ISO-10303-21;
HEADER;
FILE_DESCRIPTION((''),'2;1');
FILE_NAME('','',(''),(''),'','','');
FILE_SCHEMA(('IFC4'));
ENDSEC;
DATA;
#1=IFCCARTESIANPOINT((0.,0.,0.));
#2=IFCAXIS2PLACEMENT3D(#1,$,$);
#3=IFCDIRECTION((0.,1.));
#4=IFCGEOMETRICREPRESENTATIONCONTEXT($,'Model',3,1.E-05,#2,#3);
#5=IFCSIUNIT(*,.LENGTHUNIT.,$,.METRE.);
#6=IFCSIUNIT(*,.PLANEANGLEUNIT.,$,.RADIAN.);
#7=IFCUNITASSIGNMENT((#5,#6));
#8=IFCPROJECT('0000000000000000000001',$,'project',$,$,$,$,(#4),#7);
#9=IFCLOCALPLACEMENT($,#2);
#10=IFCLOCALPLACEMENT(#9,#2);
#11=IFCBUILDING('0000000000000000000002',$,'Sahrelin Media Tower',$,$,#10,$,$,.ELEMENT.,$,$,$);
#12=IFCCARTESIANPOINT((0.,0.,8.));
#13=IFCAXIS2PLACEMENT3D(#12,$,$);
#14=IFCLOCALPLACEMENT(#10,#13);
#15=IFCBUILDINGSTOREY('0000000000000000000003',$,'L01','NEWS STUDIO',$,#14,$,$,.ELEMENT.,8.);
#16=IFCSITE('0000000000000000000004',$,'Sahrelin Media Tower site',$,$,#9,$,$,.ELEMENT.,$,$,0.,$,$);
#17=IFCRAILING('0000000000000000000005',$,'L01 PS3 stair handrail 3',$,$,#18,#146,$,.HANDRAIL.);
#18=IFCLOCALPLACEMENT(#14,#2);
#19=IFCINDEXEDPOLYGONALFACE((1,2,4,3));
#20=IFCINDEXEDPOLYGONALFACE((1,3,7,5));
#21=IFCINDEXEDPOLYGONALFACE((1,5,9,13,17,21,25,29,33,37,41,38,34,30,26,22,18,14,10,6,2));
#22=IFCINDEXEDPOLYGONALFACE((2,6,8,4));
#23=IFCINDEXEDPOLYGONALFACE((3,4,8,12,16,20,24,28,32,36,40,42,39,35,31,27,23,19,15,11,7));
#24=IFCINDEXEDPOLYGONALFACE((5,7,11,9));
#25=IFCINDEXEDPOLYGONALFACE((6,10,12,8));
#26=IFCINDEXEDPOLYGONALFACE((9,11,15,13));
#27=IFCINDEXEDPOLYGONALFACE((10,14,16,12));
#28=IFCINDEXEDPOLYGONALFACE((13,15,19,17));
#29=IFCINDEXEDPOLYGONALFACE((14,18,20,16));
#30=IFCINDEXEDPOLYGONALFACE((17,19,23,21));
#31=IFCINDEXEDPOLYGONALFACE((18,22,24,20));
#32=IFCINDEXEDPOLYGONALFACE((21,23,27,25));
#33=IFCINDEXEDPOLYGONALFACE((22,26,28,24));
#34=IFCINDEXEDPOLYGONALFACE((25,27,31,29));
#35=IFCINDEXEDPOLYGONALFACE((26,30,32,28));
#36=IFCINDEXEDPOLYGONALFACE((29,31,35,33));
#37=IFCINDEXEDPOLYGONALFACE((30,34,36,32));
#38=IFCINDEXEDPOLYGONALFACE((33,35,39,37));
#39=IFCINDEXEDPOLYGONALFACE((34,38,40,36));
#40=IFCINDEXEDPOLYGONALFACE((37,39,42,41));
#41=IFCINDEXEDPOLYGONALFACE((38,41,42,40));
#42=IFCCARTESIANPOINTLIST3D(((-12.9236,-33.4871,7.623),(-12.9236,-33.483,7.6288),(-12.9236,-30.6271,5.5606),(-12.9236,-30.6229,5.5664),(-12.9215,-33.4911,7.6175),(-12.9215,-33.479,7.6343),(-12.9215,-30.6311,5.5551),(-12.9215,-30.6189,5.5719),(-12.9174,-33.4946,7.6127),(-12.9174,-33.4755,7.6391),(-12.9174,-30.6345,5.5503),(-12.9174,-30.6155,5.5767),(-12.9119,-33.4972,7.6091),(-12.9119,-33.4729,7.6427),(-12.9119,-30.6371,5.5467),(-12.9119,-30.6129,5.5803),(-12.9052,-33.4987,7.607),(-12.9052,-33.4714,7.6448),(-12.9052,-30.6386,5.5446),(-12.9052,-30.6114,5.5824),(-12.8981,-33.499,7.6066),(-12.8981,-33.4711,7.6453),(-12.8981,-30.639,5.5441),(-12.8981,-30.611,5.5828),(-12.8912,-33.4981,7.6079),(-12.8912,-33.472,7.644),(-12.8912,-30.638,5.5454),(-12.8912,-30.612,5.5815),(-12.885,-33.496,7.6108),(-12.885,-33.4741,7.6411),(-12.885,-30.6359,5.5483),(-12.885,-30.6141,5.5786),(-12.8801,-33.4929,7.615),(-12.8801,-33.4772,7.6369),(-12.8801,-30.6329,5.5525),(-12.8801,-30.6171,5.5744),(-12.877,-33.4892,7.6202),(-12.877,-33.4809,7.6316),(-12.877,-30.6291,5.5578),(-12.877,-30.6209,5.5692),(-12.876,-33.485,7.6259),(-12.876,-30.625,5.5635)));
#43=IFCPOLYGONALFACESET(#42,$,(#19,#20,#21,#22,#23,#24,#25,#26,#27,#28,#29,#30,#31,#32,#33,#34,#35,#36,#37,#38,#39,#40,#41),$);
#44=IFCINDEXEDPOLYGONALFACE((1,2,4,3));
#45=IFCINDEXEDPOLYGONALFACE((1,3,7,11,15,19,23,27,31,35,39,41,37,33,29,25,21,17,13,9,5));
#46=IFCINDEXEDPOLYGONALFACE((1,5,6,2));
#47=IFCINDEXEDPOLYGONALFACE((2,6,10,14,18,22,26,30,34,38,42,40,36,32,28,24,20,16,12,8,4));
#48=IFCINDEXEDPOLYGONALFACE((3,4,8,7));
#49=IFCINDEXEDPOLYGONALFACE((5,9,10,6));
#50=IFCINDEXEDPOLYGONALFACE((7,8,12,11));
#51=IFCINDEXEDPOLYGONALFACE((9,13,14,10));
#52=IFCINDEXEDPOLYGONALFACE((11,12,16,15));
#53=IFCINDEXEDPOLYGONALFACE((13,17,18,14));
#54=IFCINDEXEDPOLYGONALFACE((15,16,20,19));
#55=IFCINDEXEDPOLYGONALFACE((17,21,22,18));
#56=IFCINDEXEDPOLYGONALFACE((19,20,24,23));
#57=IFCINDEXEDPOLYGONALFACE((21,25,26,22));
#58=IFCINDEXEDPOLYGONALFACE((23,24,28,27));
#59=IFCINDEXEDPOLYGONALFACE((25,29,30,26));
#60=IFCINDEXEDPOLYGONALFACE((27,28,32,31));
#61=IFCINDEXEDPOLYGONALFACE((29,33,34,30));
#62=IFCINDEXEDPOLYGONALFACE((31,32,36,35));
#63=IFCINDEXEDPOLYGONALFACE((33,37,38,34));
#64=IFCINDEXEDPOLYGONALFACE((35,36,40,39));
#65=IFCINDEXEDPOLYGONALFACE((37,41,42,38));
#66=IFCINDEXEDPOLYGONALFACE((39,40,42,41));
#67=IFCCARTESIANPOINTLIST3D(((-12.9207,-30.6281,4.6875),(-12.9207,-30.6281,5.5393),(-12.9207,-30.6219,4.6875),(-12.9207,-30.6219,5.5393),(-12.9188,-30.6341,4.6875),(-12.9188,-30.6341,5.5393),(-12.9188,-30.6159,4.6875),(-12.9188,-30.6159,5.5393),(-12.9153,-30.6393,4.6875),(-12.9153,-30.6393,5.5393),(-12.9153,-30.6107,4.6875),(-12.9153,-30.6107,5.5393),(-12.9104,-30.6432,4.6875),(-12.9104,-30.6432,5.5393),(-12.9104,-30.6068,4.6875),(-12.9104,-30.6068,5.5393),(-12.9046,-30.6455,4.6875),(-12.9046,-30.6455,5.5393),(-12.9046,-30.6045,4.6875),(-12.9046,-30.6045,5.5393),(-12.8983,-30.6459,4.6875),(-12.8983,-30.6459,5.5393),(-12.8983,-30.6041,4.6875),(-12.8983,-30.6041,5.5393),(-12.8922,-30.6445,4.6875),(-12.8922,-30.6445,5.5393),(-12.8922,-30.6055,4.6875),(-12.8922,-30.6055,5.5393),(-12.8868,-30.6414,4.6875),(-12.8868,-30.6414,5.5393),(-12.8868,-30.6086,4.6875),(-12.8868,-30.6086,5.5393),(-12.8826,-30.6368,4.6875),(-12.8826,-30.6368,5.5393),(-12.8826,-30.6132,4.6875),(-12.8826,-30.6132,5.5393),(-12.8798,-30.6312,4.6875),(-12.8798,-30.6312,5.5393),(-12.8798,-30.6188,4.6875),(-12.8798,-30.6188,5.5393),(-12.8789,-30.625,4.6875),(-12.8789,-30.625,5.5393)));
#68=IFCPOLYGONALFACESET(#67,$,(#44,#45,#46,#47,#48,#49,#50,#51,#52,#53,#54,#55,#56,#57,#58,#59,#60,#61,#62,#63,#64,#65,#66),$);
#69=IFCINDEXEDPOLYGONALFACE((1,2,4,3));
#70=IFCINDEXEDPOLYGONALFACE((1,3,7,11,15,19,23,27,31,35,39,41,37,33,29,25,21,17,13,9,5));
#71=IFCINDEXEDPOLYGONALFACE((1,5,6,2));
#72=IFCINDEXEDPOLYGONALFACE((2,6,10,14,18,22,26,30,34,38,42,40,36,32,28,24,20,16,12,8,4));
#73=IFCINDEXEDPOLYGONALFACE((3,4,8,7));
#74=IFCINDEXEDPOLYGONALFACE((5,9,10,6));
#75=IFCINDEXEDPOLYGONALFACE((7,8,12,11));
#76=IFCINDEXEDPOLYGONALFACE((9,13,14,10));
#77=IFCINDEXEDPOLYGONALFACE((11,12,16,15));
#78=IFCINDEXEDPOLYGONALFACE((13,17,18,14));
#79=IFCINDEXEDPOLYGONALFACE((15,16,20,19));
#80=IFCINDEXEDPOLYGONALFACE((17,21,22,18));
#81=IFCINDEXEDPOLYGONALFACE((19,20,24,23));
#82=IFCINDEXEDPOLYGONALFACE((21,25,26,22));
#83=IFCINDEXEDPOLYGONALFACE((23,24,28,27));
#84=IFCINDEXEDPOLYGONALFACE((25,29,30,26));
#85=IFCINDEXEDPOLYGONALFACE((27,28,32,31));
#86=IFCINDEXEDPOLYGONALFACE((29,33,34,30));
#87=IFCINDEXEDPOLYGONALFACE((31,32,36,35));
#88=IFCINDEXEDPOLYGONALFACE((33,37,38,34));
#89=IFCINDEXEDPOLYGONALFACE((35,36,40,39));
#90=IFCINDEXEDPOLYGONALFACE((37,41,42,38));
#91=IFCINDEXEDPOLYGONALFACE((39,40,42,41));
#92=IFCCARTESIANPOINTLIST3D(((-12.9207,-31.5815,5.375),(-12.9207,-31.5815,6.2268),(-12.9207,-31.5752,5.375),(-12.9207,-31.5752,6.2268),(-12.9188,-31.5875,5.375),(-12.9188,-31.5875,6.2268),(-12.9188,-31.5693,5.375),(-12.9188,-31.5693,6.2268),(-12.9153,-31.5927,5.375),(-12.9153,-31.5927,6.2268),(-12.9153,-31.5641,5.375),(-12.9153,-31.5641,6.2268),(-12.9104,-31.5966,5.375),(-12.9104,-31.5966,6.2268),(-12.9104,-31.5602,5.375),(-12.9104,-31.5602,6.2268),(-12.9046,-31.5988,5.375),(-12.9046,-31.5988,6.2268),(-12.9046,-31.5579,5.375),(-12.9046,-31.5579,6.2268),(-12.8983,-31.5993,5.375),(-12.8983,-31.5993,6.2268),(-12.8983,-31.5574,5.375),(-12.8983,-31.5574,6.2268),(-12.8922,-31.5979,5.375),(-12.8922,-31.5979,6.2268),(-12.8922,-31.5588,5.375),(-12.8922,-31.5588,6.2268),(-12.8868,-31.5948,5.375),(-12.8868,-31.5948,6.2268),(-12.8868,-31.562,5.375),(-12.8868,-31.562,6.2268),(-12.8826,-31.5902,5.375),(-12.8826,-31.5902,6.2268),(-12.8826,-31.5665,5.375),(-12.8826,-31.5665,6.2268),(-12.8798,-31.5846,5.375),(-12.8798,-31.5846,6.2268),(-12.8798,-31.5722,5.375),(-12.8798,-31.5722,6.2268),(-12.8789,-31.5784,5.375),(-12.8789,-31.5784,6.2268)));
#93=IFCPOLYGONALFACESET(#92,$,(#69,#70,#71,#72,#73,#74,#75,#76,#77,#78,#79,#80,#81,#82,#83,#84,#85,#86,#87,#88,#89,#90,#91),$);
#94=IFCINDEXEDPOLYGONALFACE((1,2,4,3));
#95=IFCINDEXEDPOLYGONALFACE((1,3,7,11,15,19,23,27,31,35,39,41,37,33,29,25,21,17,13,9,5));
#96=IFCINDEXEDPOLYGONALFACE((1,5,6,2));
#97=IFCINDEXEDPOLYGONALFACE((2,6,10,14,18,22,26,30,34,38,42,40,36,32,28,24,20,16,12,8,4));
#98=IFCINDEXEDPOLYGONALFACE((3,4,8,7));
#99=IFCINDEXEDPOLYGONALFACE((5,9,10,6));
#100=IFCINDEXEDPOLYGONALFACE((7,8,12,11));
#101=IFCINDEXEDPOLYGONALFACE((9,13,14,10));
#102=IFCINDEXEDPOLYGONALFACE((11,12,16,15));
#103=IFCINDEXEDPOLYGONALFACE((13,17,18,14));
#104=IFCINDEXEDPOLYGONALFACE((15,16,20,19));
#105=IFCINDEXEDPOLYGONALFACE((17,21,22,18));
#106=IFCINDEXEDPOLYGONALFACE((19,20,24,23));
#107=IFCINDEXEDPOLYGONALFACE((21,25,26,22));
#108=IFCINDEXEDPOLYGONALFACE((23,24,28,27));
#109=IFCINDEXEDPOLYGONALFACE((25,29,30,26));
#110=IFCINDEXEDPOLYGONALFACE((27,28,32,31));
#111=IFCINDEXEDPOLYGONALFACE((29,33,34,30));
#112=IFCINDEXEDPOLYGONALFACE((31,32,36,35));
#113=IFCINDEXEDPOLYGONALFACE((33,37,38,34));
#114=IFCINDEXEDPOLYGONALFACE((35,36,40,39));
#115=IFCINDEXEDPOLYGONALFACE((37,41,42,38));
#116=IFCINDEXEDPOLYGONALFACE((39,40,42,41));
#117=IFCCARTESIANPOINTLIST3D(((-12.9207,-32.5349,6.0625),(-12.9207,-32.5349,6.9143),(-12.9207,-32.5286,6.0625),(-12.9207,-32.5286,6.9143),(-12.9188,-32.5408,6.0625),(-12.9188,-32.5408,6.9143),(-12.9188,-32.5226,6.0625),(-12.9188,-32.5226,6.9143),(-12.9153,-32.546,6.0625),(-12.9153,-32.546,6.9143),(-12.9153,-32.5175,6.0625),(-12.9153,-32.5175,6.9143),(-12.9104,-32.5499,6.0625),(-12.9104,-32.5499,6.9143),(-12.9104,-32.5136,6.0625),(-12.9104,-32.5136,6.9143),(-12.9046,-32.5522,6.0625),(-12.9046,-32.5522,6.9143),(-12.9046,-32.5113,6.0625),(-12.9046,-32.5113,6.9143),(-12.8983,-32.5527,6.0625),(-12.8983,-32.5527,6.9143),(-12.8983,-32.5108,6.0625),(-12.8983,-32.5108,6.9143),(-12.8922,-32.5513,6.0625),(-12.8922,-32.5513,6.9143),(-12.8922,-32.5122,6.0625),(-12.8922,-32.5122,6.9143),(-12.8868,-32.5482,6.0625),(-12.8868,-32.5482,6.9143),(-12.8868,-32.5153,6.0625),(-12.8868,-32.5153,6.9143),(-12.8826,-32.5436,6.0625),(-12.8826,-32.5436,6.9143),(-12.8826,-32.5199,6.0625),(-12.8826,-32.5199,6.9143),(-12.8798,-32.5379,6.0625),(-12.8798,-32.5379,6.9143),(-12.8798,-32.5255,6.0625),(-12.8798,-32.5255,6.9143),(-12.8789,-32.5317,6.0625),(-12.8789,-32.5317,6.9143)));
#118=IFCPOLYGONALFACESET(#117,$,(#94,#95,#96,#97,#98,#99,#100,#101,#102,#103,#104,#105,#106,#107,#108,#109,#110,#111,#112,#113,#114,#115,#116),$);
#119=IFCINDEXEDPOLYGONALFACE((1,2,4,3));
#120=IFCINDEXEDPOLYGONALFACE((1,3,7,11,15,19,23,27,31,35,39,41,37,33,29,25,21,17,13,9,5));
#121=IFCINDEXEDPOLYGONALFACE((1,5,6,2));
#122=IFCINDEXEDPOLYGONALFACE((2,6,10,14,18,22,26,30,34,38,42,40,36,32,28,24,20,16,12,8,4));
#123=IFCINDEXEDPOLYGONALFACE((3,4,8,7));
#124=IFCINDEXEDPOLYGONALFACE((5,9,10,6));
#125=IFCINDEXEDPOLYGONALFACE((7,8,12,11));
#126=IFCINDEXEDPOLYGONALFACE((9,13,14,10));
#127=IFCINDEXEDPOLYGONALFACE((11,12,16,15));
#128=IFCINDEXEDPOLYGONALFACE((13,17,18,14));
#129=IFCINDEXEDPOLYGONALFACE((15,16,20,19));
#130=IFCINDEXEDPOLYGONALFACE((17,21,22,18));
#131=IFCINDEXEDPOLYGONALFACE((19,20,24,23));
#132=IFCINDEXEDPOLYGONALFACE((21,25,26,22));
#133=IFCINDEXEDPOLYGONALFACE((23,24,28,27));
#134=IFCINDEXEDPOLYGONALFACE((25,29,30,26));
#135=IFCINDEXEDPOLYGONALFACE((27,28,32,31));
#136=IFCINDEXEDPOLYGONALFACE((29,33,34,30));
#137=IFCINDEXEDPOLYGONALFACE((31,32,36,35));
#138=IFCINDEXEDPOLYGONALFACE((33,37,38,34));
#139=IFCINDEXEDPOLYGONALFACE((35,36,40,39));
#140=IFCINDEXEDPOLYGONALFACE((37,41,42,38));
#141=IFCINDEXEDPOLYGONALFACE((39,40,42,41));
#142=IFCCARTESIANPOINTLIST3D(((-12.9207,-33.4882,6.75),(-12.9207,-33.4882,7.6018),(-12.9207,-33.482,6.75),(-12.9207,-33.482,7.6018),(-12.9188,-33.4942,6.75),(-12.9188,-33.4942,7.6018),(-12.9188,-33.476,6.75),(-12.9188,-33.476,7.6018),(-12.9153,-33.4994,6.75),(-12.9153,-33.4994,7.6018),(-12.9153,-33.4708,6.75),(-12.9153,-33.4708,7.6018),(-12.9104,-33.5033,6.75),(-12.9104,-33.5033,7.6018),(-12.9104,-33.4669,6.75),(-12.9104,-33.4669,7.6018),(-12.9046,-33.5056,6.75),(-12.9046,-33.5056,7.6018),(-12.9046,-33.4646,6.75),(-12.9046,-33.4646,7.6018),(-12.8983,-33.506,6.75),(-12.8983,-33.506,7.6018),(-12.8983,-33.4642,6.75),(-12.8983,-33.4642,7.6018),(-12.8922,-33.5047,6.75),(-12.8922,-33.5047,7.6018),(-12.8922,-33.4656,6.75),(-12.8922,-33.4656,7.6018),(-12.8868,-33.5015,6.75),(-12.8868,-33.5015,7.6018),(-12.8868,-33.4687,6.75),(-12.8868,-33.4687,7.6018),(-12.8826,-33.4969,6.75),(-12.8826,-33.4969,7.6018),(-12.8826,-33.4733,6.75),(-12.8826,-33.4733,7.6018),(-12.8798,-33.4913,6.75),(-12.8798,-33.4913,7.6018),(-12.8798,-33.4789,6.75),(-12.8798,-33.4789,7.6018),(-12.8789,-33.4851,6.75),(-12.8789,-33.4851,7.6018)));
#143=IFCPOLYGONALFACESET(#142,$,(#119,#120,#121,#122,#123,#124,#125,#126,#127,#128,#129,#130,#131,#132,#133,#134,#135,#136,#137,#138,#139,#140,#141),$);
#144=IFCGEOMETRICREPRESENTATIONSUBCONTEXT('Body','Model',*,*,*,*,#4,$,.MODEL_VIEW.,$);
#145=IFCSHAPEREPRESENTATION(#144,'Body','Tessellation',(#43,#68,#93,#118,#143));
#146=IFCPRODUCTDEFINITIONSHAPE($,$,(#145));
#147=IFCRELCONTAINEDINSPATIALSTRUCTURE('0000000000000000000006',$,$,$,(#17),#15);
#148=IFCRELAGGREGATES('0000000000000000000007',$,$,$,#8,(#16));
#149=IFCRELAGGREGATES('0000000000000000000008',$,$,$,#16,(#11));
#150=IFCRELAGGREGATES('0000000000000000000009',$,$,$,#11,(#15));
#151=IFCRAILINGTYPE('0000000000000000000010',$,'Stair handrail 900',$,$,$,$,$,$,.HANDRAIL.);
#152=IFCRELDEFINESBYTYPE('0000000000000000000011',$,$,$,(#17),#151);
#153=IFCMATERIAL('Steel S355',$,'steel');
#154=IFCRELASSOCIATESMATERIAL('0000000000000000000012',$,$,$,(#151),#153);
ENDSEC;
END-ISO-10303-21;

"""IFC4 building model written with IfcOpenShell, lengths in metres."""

from ifc_helpers import new_model, si_unit, direction, frame, origin, origin_2d, place, context, subcontext, project, spatial, circle, extrude, material, type_object, element, save


model = new_model("IFC4")

# Units and contexts
model_context = context("Model", 3, precision=1e-05, world=origin(), true_north=direction((0.0, 1.0)))
body_context = subcontext(model_context, "Body", "Model", "MODEL_VIEW")
ifc_project = project(units=[si_unit("LENGTHUNIT", "METRE"), si_unit("PLANEANGLEUNIT", "RADIAN")], contexts=[model_context])

# Site, building, storey
site_placement = place(None, origin())
site = spatial("IfcSite", under=ifc_project, at=site_placement, Name="Sahrelin Media Tower site", CompositionType="ELEMENT", RefElevation=0.0)
building_placement = place(site_placement, origin())
building = spatial("IfcBuilding", under=site, at=building_placement, Name="Sahrelin Media Tower", CompositionType="ELEMENT")
storey_placement = place(building_placement, frame((0.0, 0.0, 8.0)))
storey = spatial("IfcBuildingStorey", under=building, at=storey_placement, Name="L01", Description="NEWS STUDIO", CompositionType="ELEMENT", Elevation=8.0)

# Shared definitions
ifc_material_1 = material(Name="Steel S355", Category="steel")

# Railing
railing_type_1 = type_object("IfcRailingType", Name="Stair handrail 900", PredefinedType="HANDRAIL", material=ifc_material_1)
railing_1_placement = place(storey_placement, frame((-12.8999, -30.625, 4.6875)))
element("IfcRailing", 1, at=railing_1_placement, inside=storey, type_object=railing_type_1, Name="L01 PS3 stair handrail 3", PredefinedType="HANDRAIL", context=body_context, shape_type="SweptSolid", body=[
    extrude(circle(Radius=0.0239, at=origin_2d()), frame((0.0, 0.0, 0.876), z_axis=(0.0, -0.811101, 0.584906), x_axis=(1.0, 0.0, 0.0)), (0.0, 0.0, 1.0), 3.5261),
    extrude(circle(Radius=0.021, at=origin_2d()), origin(), (0.0, 0.0, 1.0), 0.8518),
    extrude(circle(Radius=0.021, at=origin_2d()), frame((0.0, -0.9534, 0.6875)), (0.0, 0.0, 1.0), 0.8518),
    extrude(circle(Radius=0.021, at=origin_2d()), frame((0.0, -1.9067, 1.375)), (0.0, 0.0, 1.0), 0.8518),
    extrude(circle(Radius=0.021, at=origin_2d()), frame((0.0, -2.8601, 2.0625)), (0.0, 0.0, 1.0), 0.8518),
])

save(model, "model.ifc")
